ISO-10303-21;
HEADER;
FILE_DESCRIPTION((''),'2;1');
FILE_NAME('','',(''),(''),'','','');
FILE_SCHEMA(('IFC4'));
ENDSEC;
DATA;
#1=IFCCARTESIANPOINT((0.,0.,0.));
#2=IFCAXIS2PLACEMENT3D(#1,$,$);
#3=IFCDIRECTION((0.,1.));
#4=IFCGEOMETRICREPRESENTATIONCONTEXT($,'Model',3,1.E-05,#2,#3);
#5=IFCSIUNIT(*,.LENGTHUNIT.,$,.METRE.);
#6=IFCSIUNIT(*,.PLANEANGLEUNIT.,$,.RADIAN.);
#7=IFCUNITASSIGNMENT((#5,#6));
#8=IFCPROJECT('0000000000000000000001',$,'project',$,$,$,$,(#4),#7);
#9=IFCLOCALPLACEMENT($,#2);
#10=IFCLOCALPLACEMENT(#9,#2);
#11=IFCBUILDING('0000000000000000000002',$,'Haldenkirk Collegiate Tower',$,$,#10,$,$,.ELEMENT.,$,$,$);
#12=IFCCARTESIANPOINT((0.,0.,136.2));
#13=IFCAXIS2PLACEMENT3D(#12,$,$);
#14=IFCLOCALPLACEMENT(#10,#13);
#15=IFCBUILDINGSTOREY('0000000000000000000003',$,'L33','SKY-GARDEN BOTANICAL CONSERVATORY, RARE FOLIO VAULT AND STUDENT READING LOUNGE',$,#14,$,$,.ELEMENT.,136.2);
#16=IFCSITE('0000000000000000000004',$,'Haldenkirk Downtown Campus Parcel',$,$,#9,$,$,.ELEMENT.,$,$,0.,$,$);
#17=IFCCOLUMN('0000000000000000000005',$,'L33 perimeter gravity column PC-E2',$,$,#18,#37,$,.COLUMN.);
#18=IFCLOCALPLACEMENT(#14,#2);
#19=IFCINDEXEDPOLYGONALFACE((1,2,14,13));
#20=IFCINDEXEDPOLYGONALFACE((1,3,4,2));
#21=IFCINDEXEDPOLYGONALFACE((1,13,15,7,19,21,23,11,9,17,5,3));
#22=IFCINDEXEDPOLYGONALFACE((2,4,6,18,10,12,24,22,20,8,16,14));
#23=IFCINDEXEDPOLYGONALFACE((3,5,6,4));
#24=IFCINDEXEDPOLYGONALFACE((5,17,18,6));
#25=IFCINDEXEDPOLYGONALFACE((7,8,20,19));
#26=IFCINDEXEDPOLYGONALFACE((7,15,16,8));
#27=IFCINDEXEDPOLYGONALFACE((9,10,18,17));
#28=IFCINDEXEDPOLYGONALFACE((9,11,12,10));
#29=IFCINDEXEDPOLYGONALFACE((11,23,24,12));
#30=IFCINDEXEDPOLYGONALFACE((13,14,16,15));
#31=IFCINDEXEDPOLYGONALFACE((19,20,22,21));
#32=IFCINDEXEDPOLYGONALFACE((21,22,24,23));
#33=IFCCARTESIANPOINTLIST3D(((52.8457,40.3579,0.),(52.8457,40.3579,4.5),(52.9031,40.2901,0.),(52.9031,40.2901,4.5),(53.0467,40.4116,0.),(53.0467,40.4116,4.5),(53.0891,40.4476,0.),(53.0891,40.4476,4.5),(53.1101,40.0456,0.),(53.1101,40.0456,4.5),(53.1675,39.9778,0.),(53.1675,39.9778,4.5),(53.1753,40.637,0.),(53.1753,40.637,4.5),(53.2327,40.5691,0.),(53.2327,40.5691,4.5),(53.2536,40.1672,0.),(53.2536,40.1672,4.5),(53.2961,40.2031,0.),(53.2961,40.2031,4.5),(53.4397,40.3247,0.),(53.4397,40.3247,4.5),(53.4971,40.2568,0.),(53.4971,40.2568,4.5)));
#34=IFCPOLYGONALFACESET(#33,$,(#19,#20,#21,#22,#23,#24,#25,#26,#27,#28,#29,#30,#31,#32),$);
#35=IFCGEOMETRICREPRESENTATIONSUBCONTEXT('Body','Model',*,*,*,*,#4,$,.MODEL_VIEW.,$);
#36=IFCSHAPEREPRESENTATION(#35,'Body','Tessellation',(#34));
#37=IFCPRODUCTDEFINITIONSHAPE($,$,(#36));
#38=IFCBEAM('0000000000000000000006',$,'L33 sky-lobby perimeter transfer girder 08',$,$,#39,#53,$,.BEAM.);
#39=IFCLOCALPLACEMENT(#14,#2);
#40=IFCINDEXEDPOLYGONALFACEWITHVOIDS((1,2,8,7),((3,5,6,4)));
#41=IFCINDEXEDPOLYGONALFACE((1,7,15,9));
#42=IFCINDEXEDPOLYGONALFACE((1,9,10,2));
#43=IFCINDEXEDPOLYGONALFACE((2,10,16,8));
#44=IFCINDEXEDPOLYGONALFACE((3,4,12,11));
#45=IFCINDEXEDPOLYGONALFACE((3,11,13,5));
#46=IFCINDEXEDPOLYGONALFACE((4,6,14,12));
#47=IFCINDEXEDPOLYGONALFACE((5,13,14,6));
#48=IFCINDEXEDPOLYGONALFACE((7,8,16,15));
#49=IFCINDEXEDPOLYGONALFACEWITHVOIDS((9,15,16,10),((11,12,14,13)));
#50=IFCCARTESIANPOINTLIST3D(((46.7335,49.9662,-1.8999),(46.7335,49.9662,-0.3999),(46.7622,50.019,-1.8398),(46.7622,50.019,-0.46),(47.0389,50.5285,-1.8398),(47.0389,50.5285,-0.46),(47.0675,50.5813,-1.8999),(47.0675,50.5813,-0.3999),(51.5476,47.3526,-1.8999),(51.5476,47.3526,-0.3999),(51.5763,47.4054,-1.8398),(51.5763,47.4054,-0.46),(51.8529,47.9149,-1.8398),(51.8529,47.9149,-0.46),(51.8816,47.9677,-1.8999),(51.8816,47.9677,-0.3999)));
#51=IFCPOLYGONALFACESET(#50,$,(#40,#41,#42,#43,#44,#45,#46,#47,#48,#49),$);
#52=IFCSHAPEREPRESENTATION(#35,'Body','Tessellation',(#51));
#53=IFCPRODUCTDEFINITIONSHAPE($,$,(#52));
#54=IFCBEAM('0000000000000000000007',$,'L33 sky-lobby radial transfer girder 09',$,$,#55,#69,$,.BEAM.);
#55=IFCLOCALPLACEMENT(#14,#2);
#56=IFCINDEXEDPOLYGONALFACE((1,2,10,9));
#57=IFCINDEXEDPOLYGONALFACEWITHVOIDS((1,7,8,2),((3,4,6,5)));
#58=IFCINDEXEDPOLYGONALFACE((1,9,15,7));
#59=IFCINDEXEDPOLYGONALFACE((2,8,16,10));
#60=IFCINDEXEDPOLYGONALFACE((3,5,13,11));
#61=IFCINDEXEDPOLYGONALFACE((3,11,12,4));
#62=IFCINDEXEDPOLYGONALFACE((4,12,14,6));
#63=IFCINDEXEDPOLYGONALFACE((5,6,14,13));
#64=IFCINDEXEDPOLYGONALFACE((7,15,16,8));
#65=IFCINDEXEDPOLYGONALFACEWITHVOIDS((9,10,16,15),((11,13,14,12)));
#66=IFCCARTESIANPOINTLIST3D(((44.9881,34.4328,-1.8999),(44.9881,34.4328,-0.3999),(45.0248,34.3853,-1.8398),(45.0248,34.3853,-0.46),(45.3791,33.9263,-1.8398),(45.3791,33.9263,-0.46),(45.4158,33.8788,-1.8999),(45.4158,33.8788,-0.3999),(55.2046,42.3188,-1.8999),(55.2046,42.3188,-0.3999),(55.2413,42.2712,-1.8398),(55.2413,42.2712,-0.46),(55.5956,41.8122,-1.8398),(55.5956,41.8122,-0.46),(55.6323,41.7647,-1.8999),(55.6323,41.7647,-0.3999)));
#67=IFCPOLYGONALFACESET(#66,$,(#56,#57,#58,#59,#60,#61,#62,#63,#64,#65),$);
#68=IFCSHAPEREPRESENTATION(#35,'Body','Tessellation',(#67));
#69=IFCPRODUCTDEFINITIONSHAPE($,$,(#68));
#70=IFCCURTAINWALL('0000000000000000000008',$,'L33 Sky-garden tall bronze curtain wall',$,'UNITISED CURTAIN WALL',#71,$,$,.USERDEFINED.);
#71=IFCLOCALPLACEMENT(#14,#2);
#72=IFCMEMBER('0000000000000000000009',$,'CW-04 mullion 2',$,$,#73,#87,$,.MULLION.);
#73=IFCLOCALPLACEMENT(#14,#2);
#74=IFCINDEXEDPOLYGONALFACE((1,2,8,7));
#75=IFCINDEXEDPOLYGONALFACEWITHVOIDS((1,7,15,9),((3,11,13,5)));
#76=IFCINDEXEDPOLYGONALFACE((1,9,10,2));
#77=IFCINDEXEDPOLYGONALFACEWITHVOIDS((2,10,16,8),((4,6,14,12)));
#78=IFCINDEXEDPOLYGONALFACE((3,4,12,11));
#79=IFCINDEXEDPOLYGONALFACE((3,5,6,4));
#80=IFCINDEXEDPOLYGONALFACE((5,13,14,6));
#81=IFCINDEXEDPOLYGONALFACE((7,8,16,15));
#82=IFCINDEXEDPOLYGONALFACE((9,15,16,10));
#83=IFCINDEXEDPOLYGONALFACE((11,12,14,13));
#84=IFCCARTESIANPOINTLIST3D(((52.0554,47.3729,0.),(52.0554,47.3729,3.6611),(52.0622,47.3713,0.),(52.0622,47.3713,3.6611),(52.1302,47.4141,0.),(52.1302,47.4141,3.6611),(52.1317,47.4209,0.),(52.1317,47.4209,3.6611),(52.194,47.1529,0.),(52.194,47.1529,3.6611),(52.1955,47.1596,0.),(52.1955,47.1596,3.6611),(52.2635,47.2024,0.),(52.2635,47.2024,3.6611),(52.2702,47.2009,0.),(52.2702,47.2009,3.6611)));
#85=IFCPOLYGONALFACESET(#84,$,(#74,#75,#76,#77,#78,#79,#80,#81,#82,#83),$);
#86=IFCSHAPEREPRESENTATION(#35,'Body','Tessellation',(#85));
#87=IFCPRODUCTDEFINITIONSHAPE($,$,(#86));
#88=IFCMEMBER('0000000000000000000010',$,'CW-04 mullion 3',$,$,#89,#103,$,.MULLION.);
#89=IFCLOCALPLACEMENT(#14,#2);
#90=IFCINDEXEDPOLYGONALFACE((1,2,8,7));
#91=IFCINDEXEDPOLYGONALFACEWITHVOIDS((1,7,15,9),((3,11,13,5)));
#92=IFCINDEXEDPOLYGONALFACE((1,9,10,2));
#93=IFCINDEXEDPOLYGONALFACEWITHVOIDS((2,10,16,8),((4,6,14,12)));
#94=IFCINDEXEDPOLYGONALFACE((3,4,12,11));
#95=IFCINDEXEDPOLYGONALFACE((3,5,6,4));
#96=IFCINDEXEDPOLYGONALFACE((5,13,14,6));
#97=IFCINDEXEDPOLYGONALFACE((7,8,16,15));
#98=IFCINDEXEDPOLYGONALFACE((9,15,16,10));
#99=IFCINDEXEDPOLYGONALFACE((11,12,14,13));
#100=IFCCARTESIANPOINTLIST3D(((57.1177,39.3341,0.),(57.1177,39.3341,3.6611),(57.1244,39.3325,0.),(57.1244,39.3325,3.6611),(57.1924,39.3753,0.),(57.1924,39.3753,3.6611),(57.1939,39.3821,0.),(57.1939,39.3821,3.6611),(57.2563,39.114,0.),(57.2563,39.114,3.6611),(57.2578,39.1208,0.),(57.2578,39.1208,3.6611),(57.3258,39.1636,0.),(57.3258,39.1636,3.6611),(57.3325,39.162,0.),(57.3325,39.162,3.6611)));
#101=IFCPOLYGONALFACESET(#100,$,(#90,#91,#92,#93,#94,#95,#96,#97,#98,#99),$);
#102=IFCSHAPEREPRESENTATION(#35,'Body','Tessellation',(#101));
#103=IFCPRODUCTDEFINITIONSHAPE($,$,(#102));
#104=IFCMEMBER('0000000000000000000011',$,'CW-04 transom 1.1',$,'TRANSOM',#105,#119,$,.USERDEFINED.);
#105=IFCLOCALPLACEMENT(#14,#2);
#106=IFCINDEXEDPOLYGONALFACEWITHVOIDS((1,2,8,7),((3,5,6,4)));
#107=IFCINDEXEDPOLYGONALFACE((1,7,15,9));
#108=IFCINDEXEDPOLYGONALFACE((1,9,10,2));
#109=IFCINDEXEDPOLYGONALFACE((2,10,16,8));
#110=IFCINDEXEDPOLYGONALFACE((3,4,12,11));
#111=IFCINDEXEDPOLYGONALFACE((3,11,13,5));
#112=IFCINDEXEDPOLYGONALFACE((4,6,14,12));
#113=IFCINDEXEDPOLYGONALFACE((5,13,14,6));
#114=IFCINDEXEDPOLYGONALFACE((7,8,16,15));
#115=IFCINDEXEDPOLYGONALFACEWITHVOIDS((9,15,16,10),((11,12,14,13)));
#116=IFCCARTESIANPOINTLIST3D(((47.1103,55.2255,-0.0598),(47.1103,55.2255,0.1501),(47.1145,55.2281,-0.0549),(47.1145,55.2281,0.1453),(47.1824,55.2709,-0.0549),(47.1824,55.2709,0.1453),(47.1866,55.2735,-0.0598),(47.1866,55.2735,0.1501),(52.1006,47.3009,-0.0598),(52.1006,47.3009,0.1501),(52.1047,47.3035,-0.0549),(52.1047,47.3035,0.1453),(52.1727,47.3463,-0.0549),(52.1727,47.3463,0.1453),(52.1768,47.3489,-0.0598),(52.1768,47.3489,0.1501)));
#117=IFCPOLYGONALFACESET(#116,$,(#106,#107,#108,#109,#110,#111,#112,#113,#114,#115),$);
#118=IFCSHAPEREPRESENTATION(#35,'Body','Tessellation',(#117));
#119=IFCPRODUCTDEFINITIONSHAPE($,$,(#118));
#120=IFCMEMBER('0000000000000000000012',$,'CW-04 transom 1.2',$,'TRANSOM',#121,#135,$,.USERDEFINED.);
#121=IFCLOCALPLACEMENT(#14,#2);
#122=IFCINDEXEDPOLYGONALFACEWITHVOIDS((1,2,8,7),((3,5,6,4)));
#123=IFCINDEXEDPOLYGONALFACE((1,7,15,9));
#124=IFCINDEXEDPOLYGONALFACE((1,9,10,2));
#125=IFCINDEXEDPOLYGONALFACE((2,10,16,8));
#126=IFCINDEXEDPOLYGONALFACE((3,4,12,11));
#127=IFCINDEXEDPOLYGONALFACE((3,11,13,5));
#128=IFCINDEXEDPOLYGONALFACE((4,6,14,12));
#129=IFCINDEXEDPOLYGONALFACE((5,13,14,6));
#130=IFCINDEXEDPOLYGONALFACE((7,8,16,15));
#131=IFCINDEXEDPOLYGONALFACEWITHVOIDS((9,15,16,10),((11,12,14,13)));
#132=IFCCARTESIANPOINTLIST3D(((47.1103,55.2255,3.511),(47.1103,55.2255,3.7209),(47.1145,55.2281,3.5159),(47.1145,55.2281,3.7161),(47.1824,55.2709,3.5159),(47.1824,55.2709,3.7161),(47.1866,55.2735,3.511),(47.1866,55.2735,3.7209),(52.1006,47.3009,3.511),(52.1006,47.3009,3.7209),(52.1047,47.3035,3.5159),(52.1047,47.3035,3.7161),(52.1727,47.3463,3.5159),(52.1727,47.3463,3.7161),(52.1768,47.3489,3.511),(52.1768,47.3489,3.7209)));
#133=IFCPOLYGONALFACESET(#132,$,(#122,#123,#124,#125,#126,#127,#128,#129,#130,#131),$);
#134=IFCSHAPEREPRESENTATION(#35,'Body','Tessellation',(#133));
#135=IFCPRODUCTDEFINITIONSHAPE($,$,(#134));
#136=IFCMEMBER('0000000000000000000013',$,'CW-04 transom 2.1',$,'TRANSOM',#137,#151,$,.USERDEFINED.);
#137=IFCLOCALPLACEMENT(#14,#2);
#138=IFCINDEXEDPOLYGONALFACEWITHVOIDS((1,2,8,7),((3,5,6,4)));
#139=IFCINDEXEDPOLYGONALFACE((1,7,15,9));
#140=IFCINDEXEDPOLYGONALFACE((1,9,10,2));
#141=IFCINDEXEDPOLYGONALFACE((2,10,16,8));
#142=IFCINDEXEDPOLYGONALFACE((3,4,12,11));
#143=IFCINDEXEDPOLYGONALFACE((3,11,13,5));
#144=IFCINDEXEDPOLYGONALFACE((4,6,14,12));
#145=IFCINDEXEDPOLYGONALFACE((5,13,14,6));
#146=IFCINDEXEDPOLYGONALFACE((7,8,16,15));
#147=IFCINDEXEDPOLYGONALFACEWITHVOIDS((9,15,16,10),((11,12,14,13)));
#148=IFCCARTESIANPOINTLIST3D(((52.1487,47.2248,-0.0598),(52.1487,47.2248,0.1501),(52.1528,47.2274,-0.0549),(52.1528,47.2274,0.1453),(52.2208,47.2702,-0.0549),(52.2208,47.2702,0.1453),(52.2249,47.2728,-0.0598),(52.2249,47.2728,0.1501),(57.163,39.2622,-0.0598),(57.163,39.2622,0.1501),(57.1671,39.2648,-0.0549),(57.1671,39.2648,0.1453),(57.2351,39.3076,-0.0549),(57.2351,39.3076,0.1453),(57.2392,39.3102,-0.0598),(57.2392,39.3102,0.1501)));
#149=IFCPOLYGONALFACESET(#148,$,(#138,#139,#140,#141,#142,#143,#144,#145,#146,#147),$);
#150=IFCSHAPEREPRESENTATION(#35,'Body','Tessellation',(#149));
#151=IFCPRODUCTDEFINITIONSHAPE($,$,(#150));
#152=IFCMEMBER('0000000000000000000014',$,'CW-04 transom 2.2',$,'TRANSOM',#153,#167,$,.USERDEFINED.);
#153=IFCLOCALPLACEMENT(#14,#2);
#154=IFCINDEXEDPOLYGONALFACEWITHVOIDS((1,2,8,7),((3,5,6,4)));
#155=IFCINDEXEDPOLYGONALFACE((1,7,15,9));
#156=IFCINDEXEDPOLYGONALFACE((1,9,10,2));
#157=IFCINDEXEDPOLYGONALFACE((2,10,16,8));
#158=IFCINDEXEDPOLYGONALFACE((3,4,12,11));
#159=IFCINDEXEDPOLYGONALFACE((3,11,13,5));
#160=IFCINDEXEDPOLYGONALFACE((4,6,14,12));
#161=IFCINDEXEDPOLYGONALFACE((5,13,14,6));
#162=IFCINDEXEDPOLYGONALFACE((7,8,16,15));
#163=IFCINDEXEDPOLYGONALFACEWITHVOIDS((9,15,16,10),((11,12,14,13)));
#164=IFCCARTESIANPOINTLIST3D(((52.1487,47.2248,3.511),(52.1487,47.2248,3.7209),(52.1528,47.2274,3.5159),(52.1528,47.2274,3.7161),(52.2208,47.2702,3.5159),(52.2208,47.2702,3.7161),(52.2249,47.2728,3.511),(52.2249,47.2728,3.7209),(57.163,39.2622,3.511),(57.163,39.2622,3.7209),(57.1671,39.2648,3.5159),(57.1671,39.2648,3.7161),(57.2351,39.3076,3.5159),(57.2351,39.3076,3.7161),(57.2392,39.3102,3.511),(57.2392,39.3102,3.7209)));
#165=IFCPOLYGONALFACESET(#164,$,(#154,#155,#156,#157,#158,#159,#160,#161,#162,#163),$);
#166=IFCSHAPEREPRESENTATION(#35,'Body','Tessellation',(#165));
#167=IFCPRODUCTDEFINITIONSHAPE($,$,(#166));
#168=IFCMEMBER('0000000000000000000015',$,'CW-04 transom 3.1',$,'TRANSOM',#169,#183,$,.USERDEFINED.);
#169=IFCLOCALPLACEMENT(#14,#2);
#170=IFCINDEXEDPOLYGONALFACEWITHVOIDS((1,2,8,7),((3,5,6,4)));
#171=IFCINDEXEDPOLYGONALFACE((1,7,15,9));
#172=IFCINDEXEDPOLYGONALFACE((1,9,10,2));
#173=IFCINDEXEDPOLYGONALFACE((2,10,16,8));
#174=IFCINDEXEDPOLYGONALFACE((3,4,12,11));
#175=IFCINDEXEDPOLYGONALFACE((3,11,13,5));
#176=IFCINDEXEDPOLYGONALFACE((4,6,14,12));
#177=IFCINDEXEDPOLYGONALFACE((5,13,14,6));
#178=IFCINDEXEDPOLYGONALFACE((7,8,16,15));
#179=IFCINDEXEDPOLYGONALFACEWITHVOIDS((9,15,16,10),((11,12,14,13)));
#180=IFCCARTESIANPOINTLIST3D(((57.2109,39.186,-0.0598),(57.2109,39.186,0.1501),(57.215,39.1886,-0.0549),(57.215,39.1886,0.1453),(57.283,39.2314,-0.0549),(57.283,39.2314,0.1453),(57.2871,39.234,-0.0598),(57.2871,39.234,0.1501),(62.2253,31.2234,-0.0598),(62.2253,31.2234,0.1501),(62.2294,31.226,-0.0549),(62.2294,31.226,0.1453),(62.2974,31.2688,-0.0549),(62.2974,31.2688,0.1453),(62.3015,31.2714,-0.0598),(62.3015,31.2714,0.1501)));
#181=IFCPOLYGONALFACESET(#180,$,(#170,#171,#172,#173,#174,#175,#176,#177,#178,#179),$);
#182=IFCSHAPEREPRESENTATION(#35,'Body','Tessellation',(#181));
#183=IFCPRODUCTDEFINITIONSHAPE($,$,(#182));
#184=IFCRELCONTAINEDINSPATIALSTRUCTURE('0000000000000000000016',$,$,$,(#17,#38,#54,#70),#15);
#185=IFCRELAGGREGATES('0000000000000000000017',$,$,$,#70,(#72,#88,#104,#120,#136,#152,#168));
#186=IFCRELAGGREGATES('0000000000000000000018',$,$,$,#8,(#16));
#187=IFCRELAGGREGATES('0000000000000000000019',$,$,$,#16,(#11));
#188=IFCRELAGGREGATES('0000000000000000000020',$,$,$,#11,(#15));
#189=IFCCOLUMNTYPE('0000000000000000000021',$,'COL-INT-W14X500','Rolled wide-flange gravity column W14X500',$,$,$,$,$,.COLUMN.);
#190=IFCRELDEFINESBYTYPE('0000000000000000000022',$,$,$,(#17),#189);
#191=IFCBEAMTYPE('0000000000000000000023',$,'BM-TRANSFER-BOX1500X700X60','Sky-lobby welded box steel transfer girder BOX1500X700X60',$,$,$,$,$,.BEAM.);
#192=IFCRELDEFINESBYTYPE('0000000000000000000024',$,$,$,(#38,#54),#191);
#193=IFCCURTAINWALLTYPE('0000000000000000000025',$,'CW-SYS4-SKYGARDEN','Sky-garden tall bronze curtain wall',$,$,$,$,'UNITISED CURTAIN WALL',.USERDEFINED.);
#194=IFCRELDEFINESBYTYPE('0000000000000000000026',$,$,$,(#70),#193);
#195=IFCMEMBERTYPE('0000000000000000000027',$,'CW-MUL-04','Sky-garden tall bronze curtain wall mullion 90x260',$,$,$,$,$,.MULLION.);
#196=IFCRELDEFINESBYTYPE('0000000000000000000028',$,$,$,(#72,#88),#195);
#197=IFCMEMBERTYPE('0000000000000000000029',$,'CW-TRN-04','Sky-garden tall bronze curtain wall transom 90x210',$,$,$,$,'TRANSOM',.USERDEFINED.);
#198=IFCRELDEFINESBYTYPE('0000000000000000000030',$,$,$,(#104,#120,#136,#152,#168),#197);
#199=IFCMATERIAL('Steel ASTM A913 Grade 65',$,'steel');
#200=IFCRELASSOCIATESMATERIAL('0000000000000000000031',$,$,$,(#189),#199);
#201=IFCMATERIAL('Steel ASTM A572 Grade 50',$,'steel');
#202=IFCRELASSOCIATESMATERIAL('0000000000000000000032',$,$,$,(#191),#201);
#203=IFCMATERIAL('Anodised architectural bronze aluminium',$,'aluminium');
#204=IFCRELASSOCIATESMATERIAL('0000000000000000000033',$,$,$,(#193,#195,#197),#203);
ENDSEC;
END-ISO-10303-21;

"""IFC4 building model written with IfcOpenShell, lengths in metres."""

from ifc_helpers import new_model, si_unit, direction, frame, origin, origin_2d, place, context, subcontext, project, spatial, hollow_rectangle, i_section, extrude, material, material_profile, profile_set, type_object, element, aggregate, save


model = new_model("IFC4")

# Units and contexts
model_context = context("Model", 3, precision=1e-05, world=origin(), true_north=direction((0.0, 1.0)))
body_context = subcontext(model_context, "Body", "Model", "MODEL_VIEW")
ifc_project = project(units=[si_unit("LENGTHUNIT", "METRE"), si_unit("PLANEANGLEUNIT", "RADIAN")], contexts=[model_context])

# Site, building, storey
site_placement = place(None, origin())
site = spatial("IfcSite", under=ifc_project, at=site_placement, Name="Haldenkirk Downtown Campus Parcel", CompositionType="ELEMENT", RefElevation=0.0)
building_placement = place(site_placement, origin())
building = spatial("IfcBuilding", under=site, at=building_placement, Name="Haldenkirk Collegiate Tower", CompositionType="ELEMENT")
storey_placement = place(building_placement, frame((0.0, 0.0, 136.2)))
storey = spatial("IfcBuildingStorey", under=building, at=storey_placement, Name="L33", Description="SKY-GARDEN BOTANICAL CONSERVATORY, RARE FOLIO VAULT AND STUDENT READING LOUNGE", CompositionType="ELEMENT", Elevation=136.2)

# Column
ifc_material_1 = material(Name="Steel ASTM A913 Grade 65", Category="steel")
ifc_material_profile_1 = material_profile(ifc_material_1, i_section(OverallWidth=0.4319, OverallDepth=0.498, WebThickness=0.0557, FlangeThickness=0.0889, at=origin_2d()), Name="W14X500")
ifc_profile_set_1 = profile_set([ifc_material_profile_1], Name="Steel ASTM A913 Grade 65")
column_type = type_object("IfcColumnType", Name="COL-INT-W14X500", Description="Rolled wide-flange gravity column W14X500", PredefinedType="COLUMN", material=ifc_profile_set_1)
column_placement = place(storey_placement, frame((53.1714, 40.3074, 0.0), z_axis=(0.0, 0.0, 1.0), x_axis=(0.763232, 0.646124, 0.0)))
element("IfcColumn", 1, at=column_placement, inside=storey, type_object=column_type, Name="L33 perimeter gravity column PC-E2", PredefinedType="COLUMN", context=body_context, shape_type="SweptSolid", body=[
    extrude(i_section(OverallWidth=0.4319, OverallDepth=0.498, WebThickness=0.0557, FlangeThickness=0.0889, at=origin_2d()), origin(), (0.0, 0.0, 1.0), 4.5),
])

# Beams
ifc_material_2 = material(Name="Steel ASTM A572 Grade 50", Category="steel")
ifc_material_profile_2 = material_profile(ifc_material_2, hollow_rectangle(XDim=0.7, YDim=1.5, WallThickness=0.0601, at=origin_2d()), Name="BOX1500X700X60")
ifc_profile_set_2 = profile_set([ifc_material_profile_2], Name="Steel ASTM A572 Grade 50")
beam_type = type_object("IfcBeamType", Name="BM-TRANSFER-BOX1500X700X60", Description="Sky-lobby welded box steel transfer girder BOX1500X700X60", PredefinedType="BEAM", material=ifc_profile_set_2)
beam_1_placement = place(storey_placement, frame((51.7146, 47.6602, -1.1499), z_axis=(-0.878836, 0.477124, 0.0), x_axis=(-0.477124, -0.878836, 0.0)))
element("IfcBeam", 2, at=beam_1_placement, inside=storey, type_object=beam_type, Name="L33 sky-lobby perimeter transfer girder 08", PredefinedType="BEAM", context=body_context, shape_type="SweptSolid", body=[
    extrude(hollow_rectangle(XDim=0.7, YDim=1.5, WallThickness=0.0601, at=origin_2d()), origin(), (0.0, 0.0, 1.0), 5.4778),
])
beam_2_placement = place(storey_placement, frame((55.4185, 42.0417, -1.1499), z_axis=(-0.791608, -0.611029, 0.0), x_axis=(0.611029, -0.791608, 0.0)))
element("IfcBeam", 3, at=beam_2_placement, inside=storey, type_object=beam_type, Name="L33 sky-lobby radial transfer girder 09", PredefinedType="BEAM", context=body_context, shape_type="SweptSolid", body=[
    extrude(hollow_rectangle(XDim=0.7, YDim=1.5, WallThickness=0.0601, at=origin_2d()), origin(), (0.0, 0.0, 1.0), 12.906),
])

# Curtain wall, members
ifc_material_3 = material(Name="Anodised architectural bronze aluminium", Category="aluminium")
curtain_wall_type = type_object("IfcCurtainWallType", Name="CW-SYS4-SKYGARDEN", Description="Sky-garden tall bronze curtain wall", ElementType="UNITISED CURTAIN WALL", PredefinedType="USERDEFINED", material=ifc_material_3)
curtain_wall_placement = place(storey_placement, origin())
curtain_wall = element("IfcCurtainWall", 4, at=curtain_wall_placement, inside=storey, type_object=curtain_wall_type, Name="L33 Sky-garden tall bronze curtain wall", ObjectType="UNITISED CURTAIN WALL", PredefinedType="USERDEFINED")
ifc_material_profile_3 = material_profile(ifc_material_3, hollow_rectangle(XDim=0.0901, YDim=0.26, WallThickness=0.0049, at=origin_2d()), Name="CW-MUL-04")
ifc_profile_set_3 = profile_set([ifc_material_profile_3], Name="Anodised architectural bronze aluminium")
member_type_1 = type_object("IfcMemberType", Name="CW-MUL-04", Description="Sky-garden tall bronze curtain wall mullion 90x260", PredefinedType="MULLION", material=ifc_profile_set_3)
member_1_placement = place(storey_placement, frame((52.1628, 47.2869, 0.0), z_axis=(0.0, 0.0, 1.0), x_axis=(0.846193, 0.532877, 0.0)))
member_1 = element("IfcMember", 5, at=member_1_placement, type_object=member_type_1, Name="CW-04 mullion 2", PredefinedType="MULLION", context=body_context, shape_type="SweptSolid", body=[
    extrude(hollow_rectangle(XDim=0.0901, YDim=0.26, WallThickness=0.0049, at=origin_2d()), origin(), (0.0, 0.0, 1.0), 3.6611),
])
member_2_placement = place(storey_placement, frame((57.2251, 39.248, 0.0), z_axis=(0.0, 0.0, 1.0), x_axis=(0.846193, 0.532877, 0.0)))
member_2 = element("IfcMember", 6, at=member_2_placement, type_object=member_type_1, Name="CW-04 mullion 3", PredefinedType="MULLION", context=body_context, shape_type="SweptSolid", body=[
    extrude(hollow_rectangle(XDim=0.0901, YDim=0.26, WallThickness=0.0049, at=origin_2d()), origin(), (0.0, 0.0, 1.0), 3.6611),
])
ifc_material_profile_4 = material_profile(ifc_material_3, hollow_rectangle(XDim=0.0901, YDim=0.21, WallThickness=0.0049, at=origin_2d()), Name="CW-TRN-04")
ifc_profile_set_4 = profile_set([ifc_material_profile_4], Name="Anodised architectural bronze aluminium")
member_type_2 = type_object("IfcMemberType", Name="CW-TRN-04", Description="Sky-garden tall bronze curtain wall transom 90x210", ElementType="TRANSOM", PredefinedType="USERDEFINED", material=ifc_profile_set_4)
member_3_placement = place(storey_placement, frame((47.1484, 55.2495, 0.0452), z_axis=(0.532867, -0.846199, 0.0), x_axis=(0.846199, 0.532867, 0.0)))
member_3 = element("IfcMember", 7, at=member_3_placement, type_object=member_type_2, Name="CW-04 transom 1.1", ObjectType="TRANSOM", PredefinedType="USERDEFINED", context=body_context, shape_type="SweptSolid", body=[
    extrude(hollow_rectangle(XDim=0.0901, YDim=0.21, WallThickness=0.0049, at=origin_2d()), origin(), (0.0, 0.0, 1.0), 9.365),
])
member_4_placement = place(storey_placement, frame((47.1484, 55.2495, 3.616), z_axis=(0.532867, -0.846199, 0.0), x_axis=(0.846199, 0.532867, 0.0)))
member_4 = element("IfcMember", 8, at=member_4_placement, type_object=member_type_2, Name="CW-04 transom 1.2", ObjectType="TRANSOM", PredefinedType="USERDEFINED", context=body_context, shape_type="SweptSolid", body=[
    extrude(hollow_rectangle(XDim=0.0901, YDim=0.21, WallThickness=0.0049, at=origin_2d()), origin(), (0.0, 0.0, 1.0), 9.365),
])
member_5_placement = place(storey_placement, frame((52.1868, 47.2488, 0.0452), z_axis=(0.532881, -0.84619, 0.0), x_axis=(0.84619, 0.532881, 0.0)))
member_5 = element("IfcMember", 9, at=member_5_placement, type_object=member_type_2, Name="CW-04 transom 2.1", ObjectType="TRANSOM", PredefinedType="USERDEFINED", context=body_context, shape_type="SweptSolid", body=[
    extrude(hollow_rectangle(XDim=0.0901, YDim=0.21, WallThickness=0.0049, at=origin_2d()), origin(), (0.0, 0.0, 1.0), 9.4099),
])
member_6_placement = place(storey_placement, frame((52.1868, 47.2488, 3.616), z_axis=(0.532881, -0.84619, 0.0), x_axis=(0.84619, 0.532881, 0.0)))
member_6 = element("IfcMember", 10, at=member_6_placement, type_object=member_type_2, Name="CW-04 transom 2.2", ObjectType="TRANSOM", PredefinedType="USERDEFINED", context=body_context, shape_type="SweptSolid", body=[
    extrude(hollow_rectangle(XDim=0.0901, YDim=0.21, WallThickness=0.0049, at=origin_2d()), origin(), (0.0, 0.0, 1.0), 9.4099),
])
member_7_placement = place(storey_placement, frame((57.249, 39.21, 0.0452), z_axis=(0.532881, -0.84619, 0.0), x_axis=(0.84619, 0.532881, 0.0)))
member_7 = element("IfcMember", 11, at=member_7_placement, type_object=member_type_2, Name="CW-04 transom 3.1", ObjectType="TRANSOM", PredefinedType="USERDEFINED", context=body_context, shape_type="SweptSolid", body=[
    extrude(hollow_rectangle(XDim=0.0901, YDim=0.21, WallThickness=0.0049, at=origin_2d()), origin(), (0.0, 0.0, 1.0), 9.4099),
])

aggregate(curtain_wall, [member_1, member_2, member_3, member_4, member_5, member_6, member_7])

save(model, "model.ifc")
